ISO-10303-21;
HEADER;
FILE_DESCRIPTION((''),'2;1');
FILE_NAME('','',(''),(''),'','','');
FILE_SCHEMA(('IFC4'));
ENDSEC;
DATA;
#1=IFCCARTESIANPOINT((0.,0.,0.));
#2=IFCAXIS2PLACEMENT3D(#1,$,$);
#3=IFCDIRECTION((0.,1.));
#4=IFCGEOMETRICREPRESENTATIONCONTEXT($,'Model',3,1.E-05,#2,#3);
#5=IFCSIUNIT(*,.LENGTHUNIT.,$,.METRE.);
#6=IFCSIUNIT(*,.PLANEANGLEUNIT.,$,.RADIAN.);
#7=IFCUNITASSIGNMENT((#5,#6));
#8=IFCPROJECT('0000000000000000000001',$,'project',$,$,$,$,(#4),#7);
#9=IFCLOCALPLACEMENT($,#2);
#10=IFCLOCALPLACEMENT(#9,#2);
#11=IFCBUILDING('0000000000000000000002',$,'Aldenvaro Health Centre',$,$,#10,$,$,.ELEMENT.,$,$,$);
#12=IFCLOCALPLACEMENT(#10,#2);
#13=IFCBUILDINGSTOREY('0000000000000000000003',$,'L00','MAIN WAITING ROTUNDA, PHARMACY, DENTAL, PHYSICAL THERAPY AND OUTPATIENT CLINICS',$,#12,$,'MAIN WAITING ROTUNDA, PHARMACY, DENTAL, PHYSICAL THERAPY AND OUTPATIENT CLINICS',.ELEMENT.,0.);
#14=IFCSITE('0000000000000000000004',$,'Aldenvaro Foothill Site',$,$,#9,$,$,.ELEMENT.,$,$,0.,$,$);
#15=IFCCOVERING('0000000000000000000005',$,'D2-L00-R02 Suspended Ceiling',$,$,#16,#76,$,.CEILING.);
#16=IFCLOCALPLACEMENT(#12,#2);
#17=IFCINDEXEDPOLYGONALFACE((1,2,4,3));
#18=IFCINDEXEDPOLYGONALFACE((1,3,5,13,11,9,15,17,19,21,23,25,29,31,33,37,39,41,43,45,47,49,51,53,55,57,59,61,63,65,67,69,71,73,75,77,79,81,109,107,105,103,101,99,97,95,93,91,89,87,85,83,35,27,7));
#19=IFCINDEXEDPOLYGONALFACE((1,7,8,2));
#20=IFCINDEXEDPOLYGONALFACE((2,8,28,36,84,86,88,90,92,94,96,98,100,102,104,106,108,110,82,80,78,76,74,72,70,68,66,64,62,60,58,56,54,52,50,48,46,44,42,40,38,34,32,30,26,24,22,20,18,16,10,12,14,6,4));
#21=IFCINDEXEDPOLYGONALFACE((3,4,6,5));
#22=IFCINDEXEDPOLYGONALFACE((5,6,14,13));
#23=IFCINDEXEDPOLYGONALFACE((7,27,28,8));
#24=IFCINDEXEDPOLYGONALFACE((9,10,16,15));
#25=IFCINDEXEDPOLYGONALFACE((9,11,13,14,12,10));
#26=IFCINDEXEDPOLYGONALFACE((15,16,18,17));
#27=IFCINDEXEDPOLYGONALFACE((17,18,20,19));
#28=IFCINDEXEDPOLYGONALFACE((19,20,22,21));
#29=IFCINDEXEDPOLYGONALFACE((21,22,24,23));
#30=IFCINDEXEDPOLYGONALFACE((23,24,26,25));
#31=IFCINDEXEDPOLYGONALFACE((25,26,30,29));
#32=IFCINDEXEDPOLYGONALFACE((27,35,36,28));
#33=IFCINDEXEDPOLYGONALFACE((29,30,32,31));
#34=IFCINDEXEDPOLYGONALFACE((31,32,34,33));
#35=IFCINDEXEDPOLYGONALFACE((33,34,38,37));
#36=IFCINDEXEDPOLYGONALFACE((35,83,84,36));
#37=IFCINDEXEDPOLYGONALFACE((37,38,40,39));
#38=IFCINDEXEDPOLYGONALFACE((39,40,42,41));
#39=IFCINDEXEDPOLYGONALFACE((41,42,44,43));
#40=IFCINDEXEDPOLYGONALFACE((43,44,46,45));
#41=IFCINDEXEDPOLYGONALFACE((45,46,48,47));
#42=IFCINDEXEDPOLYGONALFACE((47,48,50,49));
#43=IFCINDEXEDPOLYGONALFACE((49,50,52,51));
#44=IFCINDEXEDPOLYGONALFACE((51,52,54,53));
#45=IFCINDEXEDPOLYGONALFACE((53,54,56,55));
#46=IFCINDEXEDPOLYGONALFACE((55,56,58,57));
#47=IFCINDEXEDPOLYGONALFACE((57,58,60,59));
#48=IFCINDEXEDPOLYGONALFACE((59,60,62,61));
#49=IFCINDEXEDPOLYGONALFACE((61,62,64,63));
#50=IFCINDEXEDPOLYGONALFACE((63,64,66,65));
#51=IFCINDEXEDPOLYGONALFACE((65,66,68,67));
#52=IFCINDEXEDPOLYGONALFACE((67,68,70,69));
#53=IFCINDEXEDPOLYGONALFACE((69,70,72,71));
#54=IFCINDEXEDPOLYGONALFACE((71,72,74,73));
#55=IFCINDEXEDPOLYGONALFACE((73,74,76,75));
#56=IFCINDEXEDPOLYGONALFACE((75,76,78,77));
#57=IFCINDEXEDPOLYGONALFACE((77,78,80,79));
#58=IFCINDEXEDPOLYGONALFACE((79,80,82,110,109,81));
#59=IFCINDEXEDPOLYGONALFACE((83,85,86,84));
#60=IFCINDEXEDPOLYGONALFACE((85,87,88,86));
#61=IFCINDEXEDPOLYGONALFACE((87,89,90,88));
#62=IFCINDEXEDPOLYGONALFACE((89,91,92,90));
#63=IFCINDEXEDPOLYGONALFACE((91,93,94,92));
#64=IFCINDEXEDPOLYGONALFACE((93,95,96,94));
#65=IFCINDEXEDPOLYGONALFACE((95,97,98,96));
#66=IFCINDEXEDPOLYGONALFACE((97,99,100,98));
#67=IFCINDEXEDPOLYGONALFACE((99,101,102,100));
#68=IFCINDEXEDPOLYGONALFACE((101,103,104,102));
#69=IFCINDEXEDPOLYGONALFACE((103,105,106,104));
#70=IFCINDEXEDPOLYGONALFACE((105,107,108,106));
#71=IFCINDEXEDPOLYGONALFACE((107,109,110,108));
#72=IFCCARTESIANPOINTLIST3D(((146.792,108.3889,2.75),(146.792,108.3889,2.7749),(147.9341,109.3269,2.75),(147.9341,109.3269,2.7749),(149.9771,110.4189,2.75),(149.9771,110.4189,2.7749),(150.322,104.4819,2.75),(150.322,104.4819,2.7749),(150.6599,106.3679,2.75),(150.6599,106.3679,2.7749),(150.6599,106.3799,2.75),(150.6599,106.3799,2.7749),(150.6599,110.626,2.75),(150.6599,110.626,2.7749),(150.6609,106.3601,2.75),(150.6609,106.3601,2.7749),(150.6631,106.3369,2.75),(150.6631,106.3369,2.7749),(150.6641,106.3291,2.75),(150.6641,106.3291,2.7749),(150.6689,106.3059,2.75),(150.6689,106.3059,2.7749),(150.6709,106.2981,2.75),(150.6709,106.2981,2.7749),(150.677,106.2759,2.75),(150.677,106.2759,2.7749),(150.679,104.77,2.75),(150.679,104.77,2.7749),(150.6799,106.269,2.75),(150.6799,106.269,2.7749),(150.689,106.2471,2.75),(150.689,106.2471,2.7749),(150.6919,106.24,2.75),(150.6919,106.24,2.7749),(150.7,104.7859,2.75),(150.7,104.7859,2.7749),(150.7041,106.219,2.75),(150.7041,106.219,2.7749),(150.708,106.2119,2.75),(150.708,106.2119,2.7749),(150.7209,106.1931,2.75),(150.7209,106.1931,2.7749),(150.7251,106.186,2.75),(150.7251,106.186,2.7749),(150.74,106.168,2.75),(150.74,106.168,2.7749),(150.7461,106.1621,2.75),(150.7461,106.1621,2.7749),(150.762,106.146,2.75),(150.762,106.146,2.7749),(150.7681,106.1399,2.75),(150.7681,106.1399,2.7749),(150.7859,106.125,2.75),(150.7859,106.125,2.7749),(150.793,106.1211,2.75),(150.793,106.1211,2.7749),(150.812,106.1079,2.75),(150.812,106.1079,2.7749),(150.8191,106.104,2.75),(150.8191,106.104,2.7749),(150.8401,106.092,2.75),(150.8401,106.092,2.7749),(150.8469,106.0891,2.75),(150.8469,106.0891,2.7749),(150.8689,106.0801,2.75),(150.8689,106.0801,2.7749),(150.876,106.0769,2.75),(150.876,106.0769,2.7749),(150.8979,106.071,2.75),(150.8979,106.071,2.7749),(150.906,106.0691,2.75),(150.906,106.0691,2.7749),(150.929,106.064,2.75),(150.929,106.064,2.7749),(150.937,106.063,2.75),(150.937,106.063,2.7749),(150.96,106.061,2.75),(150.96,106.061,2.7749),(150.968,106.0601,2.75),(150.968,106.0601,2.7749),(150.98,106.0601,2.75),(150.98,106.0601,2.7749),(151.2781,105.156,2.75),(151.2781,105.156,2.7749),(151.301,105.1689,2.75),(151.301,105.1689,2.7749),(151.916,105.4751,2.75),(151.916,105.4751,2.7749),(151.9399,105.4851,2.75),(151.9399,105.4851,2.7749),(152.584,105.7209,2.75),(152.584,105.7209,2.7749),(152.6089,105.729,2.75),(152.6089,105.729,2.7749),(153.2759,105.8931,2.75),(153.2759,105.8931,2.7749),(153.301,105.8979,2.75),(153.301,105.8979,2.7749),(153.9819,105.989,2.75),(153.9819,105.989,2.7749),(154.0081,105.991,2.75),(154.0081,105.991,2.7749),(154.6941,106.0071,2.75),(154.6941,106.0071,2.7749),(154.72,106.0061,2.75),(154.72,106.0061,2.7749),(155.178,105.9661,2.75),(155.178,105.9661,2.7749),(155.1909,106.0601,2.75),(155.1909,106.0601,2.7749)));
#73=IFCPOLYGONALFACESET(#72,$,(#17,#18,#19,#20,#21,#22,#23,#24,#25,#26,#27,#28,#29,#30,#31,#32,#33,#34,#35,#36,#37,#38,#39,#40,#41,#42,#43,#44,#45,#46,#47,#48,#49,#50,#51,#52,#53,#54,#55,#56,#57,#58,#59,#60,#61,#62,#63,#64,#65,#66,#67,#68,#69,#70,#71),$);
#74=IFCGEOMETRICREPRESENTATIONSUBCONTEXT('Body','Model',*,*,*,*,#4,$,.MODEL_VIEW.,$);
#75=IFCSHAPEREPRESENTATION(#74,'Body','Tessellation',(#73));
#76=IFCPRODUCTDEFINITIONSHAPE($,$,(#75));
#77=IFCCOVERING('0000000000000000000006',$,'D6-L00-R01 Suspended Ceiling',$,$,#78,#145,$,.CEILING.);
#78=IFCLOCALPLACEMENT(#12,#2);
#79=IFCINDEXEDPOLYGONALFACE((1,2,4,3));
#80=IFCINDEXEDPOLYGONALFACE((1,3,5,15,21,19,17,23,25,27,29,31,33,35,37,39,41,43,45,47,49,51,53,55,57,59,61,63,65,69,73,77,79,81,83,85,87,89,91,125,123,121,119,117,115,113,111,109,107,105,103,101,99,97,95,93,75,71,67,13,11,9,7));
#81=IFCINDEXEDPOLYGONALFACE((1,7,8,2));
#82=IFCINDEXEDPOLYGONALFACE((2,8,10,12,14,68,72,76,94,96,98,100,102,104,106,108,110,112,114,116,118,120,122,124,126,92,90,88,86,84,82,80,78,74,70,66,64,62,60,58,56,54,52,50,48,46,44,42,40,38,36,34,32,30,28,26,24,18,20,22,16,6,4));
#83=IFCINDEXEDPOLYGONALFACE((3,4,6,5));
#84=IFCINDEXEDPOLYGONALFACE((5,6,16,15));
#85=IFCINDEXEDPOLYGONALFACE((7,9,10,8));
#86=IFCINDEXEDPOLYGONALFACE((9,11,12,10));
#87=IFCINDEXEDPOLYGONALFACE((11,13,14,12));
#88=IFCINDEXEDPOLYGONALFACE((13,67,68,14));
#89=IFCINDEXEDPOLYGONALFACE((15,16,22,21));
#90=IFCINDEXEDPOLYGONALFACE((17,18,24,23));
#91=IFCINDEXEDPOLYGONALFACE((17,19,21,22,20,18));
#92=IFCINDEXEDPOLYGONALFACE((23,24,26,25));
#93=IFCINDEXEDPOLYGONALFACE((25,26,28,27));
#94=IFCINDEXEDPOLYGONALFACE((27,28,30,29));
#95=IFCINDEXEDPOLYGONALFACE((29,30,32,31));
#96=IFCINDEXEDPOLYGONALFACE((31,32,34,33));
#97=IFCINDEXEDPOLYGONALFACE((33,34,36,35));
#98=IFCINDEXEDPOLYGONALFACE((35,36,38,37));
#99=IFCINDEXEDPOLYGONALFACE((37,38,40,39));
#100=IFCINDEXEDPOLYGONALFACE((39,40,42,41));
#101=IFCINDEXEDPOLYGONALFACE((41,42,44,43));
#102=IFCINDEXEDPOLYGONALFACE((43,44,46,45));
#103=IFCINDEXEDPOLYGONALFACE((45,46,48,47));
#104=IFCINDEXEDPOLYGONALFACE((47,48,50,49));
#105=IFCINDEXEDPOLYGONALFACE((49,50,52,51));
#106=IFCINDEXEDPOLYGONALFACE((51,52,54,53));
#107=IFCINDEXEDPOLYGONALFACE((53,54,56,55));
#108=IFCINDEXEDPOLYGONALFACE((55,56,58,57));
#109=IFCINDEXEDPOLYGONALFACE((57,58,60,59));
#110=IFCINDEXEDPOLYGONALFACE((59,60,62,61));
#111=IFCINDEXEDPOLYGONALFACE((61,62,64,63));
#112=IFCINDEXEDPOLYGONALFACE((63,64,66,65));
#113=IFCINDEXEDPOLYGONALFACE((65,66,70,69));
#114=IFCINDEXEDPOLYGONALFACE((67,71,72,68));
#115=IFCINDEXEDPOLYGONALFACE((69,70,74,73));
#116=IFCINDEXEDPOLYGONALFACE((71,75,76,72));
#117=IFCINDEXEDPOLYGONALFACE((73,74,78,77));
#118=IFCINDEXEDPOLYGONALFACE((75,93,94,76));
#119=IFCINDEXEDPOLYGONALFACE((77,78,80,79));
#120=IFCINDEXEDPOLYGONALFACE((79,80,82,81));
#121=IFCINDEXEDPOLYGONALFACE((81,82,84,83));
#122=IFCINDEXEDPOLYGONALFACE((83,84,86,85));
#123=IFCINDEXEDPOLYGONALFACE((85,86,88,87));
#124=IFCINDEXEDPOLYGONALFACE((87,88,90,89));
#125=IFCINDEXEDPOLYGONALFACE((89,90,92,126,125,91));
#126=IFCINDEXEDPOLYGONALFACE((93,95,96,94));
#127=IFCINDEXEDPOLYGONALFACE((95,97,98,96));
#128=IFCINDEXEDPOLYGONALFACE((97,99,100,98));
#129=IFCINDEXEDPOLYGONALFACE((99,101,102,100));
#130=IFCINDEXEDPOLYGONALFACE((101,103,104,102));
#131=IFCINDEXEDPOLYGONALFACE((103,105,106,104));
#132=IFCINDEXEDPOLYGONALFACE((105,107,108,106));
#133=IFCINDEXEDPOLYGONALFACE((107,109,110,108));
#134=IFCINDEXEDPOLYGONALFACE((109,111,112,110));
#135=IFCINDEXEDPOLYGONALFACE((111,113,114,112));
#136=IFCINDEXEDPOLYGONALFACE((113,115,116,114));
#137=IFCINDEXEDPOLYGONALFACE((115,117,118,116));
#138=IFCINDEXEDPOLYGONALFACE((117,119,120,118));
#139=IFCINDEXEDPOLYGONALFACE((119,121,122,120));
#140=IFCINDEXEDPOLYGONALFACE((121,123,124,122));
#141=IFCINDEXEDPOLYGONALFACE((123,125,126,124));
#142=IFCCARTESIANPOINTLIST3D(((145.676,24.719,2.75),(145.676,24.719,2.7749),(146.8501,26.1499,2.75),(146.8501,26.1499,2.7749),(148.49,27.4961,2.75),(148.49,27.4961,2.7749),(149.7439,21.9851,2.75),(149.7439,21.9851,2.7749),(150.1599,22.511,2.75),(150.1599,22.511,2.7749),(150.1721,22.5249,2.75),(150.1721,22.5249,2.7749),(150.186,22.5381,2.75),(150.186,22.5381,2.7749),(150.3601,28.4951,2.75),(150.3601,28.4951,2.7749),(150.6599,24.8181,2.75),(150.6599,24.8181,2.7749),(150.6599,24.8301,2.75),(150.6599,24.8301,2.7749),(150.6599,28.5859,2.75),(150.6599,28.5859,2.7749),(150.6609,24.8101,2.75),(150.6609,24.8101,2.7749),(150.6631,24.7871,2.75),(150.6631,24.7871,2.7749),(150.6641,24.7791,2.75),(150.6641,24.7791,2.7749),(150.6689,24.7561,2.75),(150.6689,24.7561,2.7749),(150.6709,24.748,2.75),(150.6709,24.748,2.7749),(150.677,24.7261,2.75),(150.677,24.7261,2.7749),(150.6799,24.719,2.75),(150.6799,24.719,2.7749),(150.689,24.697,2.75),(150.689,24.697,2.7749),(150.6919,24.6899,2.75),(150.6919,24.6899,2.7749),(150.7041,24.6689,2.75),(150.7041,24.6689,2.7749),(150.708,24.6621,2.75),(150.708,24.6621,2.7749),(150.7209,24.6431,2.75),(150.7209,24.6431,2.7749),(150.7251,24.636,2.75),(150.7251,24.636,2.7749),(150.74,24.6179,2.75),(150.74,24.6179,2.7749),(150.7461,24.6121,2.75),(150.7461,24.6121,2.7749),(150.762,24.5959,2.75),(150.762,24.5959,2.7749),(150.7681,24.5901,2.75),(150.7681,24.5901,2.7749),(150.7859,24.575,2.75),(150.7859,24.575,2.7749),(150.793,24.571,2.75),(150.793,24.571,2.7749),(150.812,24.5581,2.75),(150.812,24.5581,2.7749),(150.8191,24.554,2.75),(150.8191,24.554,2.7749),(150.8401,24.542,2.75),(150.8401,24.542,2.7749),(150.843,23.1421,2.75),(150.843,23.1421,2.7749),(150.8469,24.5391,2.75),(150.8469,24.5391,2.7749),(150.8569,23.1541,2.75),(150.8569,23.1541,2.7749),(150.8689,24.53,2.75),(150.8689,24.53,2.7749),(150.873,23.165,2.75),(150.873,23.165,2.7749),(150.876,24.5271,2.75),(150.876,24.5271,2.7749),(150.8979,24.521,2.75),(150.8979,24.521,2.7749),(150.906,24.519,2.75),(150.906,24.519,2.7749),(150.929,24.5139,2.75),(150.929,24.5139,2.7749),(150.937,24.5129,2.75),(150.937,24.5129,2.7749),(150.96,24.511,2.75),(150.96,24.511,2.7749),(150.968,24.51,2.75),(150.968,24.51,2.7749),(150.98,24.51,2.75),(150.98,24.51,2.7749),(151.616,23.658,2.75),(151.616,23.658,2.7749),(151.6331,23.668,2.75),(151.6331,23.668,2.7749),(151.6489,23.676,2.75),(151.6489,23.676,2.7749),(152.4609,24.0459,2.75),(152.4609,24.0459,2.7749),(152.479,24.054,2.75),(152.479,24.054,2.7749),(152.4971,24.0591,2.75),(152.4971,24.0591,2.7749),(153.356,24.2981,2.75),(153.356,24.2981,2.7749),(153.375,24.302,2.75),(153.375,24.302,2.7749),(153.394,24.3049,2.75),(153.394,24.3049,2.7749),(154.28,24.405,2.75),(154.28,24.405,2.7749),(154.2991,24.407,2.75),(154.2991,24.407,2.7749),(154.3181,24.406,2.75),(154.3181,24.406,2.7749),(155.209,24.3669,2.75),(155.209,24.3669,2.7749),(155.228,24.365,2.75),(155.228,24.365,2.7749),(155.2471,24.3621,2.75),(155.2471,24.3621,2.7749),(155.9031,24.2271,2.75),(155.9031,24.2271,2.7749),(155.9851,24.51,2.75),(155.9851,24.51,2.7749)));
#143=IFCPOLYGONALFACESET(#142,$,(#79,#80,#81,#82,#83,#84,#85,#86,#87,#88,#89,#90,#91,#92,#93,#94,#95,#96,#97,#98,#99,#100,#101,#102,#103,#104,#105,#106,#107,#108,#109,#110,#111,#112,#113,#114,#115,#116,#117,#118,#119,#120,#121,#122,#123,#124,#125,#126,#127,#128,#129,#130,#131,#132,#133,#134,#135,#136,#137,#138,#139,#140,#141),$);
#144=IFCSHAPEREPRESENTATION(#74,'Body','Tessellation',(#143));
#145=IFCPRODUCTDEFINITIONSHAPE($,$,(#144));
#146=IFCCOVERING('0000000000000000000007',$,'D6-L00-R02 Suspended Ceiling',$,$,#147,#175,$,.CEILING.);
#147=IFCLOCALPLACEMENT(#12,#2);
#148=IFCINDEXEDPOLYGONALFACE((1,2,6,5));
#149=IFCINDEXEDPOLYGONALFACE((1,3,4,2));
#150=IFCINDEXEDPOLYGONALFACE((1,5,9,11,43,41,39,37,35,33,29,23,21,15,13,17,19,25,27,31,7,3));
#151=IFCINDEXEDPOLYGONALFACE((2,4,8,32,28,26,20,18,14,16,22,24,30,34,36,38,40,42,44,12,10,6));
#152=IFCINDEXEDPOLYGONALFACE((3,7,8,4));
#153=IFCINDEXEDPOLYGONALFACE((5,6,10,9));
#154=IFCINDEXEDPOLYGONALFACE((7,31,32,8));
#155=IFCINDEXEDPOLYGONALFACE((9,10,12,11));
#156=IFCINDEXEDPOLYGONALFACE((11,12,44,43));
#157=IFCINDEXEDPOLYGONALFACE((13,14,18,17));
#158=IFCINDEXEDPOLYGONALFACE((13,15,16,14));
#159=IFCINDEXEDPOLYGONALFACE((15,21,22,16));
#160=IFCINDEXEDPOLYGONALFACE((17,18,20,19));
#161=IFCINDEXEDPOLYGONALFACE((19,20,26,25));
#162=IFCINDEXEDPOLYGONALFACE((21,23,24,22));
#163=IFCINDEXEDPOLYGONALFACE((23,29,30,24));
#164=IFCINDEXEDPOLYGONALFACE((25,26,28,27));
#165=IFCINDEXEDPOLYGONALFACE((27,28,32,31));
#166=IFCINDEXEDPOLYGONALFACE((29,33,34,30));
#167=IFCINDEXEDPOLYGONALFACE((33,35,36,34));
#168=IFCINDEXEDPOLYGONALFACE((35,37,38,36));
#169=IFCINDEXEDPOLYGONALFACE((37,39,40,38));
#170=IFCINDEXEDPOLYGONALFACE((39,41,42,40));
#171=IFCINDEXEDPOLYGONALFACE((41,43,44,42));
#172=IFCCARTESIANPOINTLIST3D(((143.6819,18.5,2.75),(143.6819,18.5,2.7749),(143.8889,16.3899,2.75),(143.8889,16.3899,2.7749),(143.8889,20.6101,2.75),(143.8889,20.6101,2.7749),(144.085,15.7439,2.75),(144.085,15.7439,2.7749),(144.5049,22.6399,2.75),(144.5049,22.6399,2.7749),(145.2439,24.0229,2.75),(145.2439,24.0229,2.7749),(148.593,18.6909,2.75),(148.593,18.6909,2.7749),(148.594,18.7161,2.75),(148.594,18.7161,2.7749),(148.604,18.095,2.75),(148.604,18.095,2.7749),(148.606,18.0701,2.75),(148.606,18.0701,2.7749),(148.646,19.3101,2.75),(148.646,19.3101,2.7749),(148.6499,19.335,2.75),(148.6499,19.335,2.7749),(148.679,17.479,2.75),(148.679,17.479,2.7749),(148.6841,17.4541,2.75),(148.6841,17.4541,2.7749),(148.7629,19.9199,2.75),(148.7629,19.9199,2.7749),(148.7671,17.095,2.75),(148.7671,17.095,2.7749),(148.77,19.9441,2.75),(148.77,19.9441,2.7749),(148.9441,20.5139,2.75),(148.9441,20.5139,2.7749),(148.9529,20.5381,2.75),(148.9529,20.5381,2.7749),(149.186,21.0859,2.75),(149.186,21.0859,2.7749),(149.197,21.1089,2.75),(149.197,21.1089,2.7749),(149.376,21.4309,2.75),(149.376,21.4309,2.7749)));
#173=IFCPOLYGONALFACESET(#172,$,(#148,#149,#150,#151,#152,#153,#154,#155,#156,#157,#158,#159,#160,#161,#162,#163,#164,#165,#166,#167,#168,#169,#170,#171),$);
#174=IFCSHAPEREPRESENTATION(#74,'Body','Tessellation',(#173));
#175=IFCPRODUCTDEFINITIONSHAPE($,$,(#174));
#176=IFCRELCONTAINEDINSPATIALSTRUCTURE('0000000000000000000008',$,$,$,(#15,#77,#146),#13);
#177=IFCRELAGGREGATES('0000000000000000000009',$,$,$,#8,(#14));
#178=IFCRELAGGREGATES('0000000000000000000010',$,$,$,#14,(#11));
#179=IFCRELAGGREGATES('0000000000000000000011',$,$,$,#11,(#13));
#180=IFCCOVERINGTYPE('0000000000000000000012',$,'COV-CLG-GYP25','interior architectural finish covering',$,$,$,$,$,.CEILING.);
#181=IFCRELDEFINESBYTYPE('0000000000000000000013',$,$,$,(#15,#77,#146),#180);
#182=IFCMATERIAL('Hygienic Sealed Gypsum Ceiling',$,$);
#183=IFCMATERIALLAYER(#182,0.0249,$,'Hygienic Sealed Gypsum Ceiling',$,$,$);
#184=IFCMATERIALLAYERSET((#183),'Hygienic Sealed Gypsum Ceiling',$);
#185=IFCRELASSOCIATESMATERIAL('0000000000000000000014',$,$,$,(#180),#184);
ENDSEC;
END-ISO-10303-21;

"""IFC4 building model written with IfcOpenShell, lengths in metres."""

from ifc_helpers import new_model, si_unit, direction, frame, origin, place, context, subcontext, project, spatial, polyline, outline, extrude, material, layer, layer_set, type_object, element, save


model = new_model("IFC4")

# Units and contexts
model_context = context("Model", 3, precision=1e-05, world=origin(), true_north=direction((0.0, 1.0)))
body_context = subcontext(model_context, "Body", "Model", "MODEL_VIEW")
ifc_project = project(units=[si_unit("LENGTHUNIT", "METRE"), si_unit("PLANEANGLEUNIT", "RADIAN")], contexts=[model_context])

# Site, building, storey
site_placement = place(None, origin())
site = spatial("IfcSite", under=ifc_project, at=site_placement, Name="Aldenvaro Foothill Site", CompositionType="ELEMENT", RefElevation=0.0)
building_placement = place(site_placement, origin())
building = spatial("IfcBuilding", under=site, at=building_placement, Name="Aldenvaro Health Centre", CompositionType="ELEMENT")
storey_placement = place(building_placement, origin())
storey = spatial("IfcBuildingStorey", under=building, at=storey_placement, Name="L00", Description="MAIN WAITING ROTUNDA, PHARMACY, DENTAL, PHYSICAL THERAPY AND OUTPATIENT CLINICS", LongName="MAIN WAITING ROTUNDA, PHARMACY, DENTAL, PHYSICAL THERAPY AND OUTPATIENT CLINICS", CompositionType="ELEMENT", Elevation=0.0)

# Coverings
ifc_material_1 = material(Name="Hygienic Sealed Gypsum Ceiling")
ifc_layer_1 = layer(ifc_material_1, 0.0249, Name="Hygienic Sealed Gypsum Ceiling")
ifc_layer_set_1 = layer_set([ifc_layer_1], Name="Hygienic Sealed Gypsum Ceiling")
covering_type_1 = type_object("IfcCoveringType", Name="COV-CLG-GYP25", Description="interior architectural finish covering", PredefinedType="CEILING", material=ifc_layer_set_1)
covering_1_placement = place(storey_placement, frame((0.0, 0.0, 2.75)))
element("IfcCovering", 1, at=covering_1_placement, inside=storey, type_object=covering_type_1, Name="D2-L00-R02 Suspended Ceiling", PredefinedType="CEILING", context=body_context, shape_type="SweptSolid", body=[
    extrude(outline(polyline([(154.72, 106.0061), (154.6941, 106.0071), (154.0081, 105.991), (153.9819, 105.989), (153.301, 105.8979), (153.2759, 105.8931), (152.6089, 105.729), (152.584, 105.7209), (151.9399, 105.4851), (151.916, 105.4751), (151.301, 105.1689), (151.2781, 105.156), (150.7, 104.7859), (150.679, 104.77), (150.322, 104.4819), (146.792, 108.3889), (147.9341, 109.3269), (149.9771, 110.4189), (150.6599, 110.626), (150.6599, 106.3799), (150.6599, 106.3679), (150.6609, 106.3601), (150.6631, 106.3369), (150.6641, 106.3291), (150.6689, 106.3059), (150.6709, 106.2981), (150.677, 106.2759), (150.6799, 106.269), (150.689, 106.2471), (150.6919, 106.24), (150.7041, 106.219), (150.708, 106.2119), (150.7209, 106.1931), (150.7251, 106.186), (150.74, 106.168), (150.7461, 106.1621), (150.762, 106.146), (150.7681, 106.1399), (150.7859, 106.125), (150.793, 106.1211), (150.812, 106.1079), (150.8191, 106.104), (150.8401, 106.092), (150.8469, 106.0891), (150.8689, 106.0801), (150.876, 106.0769), (150.8979, 106.071), (150.906, 106.0691), (150.929, 106.064), (150.937, 106.063), (150.96, 106.061), (150.968, 106.0601), (150.98, 106.0601), (155.1909, 106.0601), (155.178, 105.9661), (154.72, 106.0061)])), origin(), (0.0, 0.0, 1.0), 0.0249),
])
covering_2_placement = place(storey_placement, frame((0.0, 0.0, 2.75)))
element("IfcCovering", 2, at=covering_2_placement, inside=storey, type_object=covering_type_1, Name="D6-L00-R01 Suspended Ceiling", PredefinedType="CEILING", context=body_context, shape_type="SweptSolid", body=[
    extrude(outline(polyline([(155.2471, 24.3621), (155.228, 24.365), (155.209, 24.3669), (154.3181, 24.406), (154.2991, 24.407), (154.28, 24.405), (153.394, 24.3049), (153.375, 24.302), (153.356, 24.2981), (152.4971, 24.0591), (152.479, 24.054), (152.4609, 24.0459), (151.6489, 23.676), (151.6331, 23.668), (151.616, 23.658), (150.873, 23.165), (150.8569, 23.1541), (150.843, 23.1421), (150.186, 22.5381), (150.1721, 22.5249), (150.1599, 22.511), (149.7439, 21.9851), (145.676, 24.719), (146.8501, 26.1499), (148.49, 27.4961), (150.3601, 28.4951), (150.6599, 28.5859), (150.6599, 24.8301), (150.6599, 24.8181), (150.6609, 24.8101), (150.6631, 24.7871), (150.6641, 24.7791), (150.6689, 24.7561), (150.6709, 24.748), (150.677, 24.7261), (150.6799, 24.719), (150.689, 24.697), (150.6919, 24.6899), (150.7041, 24.6689), (150.708, 24.6621), (150.7209, 24.6431), (150.7251, 24.636), (150.74, 24.6179), (150.7461, 24.6121), (150.762, 24.5959), (150.7681, 24.5901), (150.7859, 24.575), (150.793, 24.571), (150.812, 24.5581), (150.8191, 24.554), (150.8401, 24.542), (150.8469, 24.5391), (150.8689, 24.53), (150.876, 24.5271), (150.8979, 24.521), (150.906, 24.519), (150.929, 24.5139), (150.937, 24.5129), (150.96, 24.511), (150.968, 24.51), (150.98, 24.51), (155.9851, 24.51), (155.9031, 24.2271), (155.2471, 24.3621)])), origin(), (0.0, 0.0, 1.0), 0.0249),
])
covering_3_placement = place(storey_placement, frame((0.0, 0.0, 2.75)))
element("IfcCovering", 3, at=covering_3_placement, inside=storey, type_object=covering_type_1, Name="D6-L00-R02 Suspended Ceiling", PredefinedType="CEILING", context=body_context, shape_type="SweptSolid", body=[
    extrude(outline(polyline([(149.197, 21.1089), (149.186, 21.0859), (148.9529, 20.5381), (148.9441, 20.5139), (148.77, 19.9441), (148.7629, 19.9199), (148.6499, 19.335), (148.646, 19.3101), (148.594, 18.7161), (148.593, 18.6909), (148.604, 18.095), (148.606, 18.0701), (148.679, 17.479), (148.6841, 17.4541), (148.7671, 17.095), (144.085, 15.7439), (143.8889, 16.3899), (143.6819, 18.5), (143.8889, 20.6101), (144.5049, 22.6399), (145.2439, 24.0229), (149.376, 21.4309), (149.197, 21.1089)])), origin(), (0.0, 0.0, 1.0), 0.0249),
])

save(model, "model.ifc")
